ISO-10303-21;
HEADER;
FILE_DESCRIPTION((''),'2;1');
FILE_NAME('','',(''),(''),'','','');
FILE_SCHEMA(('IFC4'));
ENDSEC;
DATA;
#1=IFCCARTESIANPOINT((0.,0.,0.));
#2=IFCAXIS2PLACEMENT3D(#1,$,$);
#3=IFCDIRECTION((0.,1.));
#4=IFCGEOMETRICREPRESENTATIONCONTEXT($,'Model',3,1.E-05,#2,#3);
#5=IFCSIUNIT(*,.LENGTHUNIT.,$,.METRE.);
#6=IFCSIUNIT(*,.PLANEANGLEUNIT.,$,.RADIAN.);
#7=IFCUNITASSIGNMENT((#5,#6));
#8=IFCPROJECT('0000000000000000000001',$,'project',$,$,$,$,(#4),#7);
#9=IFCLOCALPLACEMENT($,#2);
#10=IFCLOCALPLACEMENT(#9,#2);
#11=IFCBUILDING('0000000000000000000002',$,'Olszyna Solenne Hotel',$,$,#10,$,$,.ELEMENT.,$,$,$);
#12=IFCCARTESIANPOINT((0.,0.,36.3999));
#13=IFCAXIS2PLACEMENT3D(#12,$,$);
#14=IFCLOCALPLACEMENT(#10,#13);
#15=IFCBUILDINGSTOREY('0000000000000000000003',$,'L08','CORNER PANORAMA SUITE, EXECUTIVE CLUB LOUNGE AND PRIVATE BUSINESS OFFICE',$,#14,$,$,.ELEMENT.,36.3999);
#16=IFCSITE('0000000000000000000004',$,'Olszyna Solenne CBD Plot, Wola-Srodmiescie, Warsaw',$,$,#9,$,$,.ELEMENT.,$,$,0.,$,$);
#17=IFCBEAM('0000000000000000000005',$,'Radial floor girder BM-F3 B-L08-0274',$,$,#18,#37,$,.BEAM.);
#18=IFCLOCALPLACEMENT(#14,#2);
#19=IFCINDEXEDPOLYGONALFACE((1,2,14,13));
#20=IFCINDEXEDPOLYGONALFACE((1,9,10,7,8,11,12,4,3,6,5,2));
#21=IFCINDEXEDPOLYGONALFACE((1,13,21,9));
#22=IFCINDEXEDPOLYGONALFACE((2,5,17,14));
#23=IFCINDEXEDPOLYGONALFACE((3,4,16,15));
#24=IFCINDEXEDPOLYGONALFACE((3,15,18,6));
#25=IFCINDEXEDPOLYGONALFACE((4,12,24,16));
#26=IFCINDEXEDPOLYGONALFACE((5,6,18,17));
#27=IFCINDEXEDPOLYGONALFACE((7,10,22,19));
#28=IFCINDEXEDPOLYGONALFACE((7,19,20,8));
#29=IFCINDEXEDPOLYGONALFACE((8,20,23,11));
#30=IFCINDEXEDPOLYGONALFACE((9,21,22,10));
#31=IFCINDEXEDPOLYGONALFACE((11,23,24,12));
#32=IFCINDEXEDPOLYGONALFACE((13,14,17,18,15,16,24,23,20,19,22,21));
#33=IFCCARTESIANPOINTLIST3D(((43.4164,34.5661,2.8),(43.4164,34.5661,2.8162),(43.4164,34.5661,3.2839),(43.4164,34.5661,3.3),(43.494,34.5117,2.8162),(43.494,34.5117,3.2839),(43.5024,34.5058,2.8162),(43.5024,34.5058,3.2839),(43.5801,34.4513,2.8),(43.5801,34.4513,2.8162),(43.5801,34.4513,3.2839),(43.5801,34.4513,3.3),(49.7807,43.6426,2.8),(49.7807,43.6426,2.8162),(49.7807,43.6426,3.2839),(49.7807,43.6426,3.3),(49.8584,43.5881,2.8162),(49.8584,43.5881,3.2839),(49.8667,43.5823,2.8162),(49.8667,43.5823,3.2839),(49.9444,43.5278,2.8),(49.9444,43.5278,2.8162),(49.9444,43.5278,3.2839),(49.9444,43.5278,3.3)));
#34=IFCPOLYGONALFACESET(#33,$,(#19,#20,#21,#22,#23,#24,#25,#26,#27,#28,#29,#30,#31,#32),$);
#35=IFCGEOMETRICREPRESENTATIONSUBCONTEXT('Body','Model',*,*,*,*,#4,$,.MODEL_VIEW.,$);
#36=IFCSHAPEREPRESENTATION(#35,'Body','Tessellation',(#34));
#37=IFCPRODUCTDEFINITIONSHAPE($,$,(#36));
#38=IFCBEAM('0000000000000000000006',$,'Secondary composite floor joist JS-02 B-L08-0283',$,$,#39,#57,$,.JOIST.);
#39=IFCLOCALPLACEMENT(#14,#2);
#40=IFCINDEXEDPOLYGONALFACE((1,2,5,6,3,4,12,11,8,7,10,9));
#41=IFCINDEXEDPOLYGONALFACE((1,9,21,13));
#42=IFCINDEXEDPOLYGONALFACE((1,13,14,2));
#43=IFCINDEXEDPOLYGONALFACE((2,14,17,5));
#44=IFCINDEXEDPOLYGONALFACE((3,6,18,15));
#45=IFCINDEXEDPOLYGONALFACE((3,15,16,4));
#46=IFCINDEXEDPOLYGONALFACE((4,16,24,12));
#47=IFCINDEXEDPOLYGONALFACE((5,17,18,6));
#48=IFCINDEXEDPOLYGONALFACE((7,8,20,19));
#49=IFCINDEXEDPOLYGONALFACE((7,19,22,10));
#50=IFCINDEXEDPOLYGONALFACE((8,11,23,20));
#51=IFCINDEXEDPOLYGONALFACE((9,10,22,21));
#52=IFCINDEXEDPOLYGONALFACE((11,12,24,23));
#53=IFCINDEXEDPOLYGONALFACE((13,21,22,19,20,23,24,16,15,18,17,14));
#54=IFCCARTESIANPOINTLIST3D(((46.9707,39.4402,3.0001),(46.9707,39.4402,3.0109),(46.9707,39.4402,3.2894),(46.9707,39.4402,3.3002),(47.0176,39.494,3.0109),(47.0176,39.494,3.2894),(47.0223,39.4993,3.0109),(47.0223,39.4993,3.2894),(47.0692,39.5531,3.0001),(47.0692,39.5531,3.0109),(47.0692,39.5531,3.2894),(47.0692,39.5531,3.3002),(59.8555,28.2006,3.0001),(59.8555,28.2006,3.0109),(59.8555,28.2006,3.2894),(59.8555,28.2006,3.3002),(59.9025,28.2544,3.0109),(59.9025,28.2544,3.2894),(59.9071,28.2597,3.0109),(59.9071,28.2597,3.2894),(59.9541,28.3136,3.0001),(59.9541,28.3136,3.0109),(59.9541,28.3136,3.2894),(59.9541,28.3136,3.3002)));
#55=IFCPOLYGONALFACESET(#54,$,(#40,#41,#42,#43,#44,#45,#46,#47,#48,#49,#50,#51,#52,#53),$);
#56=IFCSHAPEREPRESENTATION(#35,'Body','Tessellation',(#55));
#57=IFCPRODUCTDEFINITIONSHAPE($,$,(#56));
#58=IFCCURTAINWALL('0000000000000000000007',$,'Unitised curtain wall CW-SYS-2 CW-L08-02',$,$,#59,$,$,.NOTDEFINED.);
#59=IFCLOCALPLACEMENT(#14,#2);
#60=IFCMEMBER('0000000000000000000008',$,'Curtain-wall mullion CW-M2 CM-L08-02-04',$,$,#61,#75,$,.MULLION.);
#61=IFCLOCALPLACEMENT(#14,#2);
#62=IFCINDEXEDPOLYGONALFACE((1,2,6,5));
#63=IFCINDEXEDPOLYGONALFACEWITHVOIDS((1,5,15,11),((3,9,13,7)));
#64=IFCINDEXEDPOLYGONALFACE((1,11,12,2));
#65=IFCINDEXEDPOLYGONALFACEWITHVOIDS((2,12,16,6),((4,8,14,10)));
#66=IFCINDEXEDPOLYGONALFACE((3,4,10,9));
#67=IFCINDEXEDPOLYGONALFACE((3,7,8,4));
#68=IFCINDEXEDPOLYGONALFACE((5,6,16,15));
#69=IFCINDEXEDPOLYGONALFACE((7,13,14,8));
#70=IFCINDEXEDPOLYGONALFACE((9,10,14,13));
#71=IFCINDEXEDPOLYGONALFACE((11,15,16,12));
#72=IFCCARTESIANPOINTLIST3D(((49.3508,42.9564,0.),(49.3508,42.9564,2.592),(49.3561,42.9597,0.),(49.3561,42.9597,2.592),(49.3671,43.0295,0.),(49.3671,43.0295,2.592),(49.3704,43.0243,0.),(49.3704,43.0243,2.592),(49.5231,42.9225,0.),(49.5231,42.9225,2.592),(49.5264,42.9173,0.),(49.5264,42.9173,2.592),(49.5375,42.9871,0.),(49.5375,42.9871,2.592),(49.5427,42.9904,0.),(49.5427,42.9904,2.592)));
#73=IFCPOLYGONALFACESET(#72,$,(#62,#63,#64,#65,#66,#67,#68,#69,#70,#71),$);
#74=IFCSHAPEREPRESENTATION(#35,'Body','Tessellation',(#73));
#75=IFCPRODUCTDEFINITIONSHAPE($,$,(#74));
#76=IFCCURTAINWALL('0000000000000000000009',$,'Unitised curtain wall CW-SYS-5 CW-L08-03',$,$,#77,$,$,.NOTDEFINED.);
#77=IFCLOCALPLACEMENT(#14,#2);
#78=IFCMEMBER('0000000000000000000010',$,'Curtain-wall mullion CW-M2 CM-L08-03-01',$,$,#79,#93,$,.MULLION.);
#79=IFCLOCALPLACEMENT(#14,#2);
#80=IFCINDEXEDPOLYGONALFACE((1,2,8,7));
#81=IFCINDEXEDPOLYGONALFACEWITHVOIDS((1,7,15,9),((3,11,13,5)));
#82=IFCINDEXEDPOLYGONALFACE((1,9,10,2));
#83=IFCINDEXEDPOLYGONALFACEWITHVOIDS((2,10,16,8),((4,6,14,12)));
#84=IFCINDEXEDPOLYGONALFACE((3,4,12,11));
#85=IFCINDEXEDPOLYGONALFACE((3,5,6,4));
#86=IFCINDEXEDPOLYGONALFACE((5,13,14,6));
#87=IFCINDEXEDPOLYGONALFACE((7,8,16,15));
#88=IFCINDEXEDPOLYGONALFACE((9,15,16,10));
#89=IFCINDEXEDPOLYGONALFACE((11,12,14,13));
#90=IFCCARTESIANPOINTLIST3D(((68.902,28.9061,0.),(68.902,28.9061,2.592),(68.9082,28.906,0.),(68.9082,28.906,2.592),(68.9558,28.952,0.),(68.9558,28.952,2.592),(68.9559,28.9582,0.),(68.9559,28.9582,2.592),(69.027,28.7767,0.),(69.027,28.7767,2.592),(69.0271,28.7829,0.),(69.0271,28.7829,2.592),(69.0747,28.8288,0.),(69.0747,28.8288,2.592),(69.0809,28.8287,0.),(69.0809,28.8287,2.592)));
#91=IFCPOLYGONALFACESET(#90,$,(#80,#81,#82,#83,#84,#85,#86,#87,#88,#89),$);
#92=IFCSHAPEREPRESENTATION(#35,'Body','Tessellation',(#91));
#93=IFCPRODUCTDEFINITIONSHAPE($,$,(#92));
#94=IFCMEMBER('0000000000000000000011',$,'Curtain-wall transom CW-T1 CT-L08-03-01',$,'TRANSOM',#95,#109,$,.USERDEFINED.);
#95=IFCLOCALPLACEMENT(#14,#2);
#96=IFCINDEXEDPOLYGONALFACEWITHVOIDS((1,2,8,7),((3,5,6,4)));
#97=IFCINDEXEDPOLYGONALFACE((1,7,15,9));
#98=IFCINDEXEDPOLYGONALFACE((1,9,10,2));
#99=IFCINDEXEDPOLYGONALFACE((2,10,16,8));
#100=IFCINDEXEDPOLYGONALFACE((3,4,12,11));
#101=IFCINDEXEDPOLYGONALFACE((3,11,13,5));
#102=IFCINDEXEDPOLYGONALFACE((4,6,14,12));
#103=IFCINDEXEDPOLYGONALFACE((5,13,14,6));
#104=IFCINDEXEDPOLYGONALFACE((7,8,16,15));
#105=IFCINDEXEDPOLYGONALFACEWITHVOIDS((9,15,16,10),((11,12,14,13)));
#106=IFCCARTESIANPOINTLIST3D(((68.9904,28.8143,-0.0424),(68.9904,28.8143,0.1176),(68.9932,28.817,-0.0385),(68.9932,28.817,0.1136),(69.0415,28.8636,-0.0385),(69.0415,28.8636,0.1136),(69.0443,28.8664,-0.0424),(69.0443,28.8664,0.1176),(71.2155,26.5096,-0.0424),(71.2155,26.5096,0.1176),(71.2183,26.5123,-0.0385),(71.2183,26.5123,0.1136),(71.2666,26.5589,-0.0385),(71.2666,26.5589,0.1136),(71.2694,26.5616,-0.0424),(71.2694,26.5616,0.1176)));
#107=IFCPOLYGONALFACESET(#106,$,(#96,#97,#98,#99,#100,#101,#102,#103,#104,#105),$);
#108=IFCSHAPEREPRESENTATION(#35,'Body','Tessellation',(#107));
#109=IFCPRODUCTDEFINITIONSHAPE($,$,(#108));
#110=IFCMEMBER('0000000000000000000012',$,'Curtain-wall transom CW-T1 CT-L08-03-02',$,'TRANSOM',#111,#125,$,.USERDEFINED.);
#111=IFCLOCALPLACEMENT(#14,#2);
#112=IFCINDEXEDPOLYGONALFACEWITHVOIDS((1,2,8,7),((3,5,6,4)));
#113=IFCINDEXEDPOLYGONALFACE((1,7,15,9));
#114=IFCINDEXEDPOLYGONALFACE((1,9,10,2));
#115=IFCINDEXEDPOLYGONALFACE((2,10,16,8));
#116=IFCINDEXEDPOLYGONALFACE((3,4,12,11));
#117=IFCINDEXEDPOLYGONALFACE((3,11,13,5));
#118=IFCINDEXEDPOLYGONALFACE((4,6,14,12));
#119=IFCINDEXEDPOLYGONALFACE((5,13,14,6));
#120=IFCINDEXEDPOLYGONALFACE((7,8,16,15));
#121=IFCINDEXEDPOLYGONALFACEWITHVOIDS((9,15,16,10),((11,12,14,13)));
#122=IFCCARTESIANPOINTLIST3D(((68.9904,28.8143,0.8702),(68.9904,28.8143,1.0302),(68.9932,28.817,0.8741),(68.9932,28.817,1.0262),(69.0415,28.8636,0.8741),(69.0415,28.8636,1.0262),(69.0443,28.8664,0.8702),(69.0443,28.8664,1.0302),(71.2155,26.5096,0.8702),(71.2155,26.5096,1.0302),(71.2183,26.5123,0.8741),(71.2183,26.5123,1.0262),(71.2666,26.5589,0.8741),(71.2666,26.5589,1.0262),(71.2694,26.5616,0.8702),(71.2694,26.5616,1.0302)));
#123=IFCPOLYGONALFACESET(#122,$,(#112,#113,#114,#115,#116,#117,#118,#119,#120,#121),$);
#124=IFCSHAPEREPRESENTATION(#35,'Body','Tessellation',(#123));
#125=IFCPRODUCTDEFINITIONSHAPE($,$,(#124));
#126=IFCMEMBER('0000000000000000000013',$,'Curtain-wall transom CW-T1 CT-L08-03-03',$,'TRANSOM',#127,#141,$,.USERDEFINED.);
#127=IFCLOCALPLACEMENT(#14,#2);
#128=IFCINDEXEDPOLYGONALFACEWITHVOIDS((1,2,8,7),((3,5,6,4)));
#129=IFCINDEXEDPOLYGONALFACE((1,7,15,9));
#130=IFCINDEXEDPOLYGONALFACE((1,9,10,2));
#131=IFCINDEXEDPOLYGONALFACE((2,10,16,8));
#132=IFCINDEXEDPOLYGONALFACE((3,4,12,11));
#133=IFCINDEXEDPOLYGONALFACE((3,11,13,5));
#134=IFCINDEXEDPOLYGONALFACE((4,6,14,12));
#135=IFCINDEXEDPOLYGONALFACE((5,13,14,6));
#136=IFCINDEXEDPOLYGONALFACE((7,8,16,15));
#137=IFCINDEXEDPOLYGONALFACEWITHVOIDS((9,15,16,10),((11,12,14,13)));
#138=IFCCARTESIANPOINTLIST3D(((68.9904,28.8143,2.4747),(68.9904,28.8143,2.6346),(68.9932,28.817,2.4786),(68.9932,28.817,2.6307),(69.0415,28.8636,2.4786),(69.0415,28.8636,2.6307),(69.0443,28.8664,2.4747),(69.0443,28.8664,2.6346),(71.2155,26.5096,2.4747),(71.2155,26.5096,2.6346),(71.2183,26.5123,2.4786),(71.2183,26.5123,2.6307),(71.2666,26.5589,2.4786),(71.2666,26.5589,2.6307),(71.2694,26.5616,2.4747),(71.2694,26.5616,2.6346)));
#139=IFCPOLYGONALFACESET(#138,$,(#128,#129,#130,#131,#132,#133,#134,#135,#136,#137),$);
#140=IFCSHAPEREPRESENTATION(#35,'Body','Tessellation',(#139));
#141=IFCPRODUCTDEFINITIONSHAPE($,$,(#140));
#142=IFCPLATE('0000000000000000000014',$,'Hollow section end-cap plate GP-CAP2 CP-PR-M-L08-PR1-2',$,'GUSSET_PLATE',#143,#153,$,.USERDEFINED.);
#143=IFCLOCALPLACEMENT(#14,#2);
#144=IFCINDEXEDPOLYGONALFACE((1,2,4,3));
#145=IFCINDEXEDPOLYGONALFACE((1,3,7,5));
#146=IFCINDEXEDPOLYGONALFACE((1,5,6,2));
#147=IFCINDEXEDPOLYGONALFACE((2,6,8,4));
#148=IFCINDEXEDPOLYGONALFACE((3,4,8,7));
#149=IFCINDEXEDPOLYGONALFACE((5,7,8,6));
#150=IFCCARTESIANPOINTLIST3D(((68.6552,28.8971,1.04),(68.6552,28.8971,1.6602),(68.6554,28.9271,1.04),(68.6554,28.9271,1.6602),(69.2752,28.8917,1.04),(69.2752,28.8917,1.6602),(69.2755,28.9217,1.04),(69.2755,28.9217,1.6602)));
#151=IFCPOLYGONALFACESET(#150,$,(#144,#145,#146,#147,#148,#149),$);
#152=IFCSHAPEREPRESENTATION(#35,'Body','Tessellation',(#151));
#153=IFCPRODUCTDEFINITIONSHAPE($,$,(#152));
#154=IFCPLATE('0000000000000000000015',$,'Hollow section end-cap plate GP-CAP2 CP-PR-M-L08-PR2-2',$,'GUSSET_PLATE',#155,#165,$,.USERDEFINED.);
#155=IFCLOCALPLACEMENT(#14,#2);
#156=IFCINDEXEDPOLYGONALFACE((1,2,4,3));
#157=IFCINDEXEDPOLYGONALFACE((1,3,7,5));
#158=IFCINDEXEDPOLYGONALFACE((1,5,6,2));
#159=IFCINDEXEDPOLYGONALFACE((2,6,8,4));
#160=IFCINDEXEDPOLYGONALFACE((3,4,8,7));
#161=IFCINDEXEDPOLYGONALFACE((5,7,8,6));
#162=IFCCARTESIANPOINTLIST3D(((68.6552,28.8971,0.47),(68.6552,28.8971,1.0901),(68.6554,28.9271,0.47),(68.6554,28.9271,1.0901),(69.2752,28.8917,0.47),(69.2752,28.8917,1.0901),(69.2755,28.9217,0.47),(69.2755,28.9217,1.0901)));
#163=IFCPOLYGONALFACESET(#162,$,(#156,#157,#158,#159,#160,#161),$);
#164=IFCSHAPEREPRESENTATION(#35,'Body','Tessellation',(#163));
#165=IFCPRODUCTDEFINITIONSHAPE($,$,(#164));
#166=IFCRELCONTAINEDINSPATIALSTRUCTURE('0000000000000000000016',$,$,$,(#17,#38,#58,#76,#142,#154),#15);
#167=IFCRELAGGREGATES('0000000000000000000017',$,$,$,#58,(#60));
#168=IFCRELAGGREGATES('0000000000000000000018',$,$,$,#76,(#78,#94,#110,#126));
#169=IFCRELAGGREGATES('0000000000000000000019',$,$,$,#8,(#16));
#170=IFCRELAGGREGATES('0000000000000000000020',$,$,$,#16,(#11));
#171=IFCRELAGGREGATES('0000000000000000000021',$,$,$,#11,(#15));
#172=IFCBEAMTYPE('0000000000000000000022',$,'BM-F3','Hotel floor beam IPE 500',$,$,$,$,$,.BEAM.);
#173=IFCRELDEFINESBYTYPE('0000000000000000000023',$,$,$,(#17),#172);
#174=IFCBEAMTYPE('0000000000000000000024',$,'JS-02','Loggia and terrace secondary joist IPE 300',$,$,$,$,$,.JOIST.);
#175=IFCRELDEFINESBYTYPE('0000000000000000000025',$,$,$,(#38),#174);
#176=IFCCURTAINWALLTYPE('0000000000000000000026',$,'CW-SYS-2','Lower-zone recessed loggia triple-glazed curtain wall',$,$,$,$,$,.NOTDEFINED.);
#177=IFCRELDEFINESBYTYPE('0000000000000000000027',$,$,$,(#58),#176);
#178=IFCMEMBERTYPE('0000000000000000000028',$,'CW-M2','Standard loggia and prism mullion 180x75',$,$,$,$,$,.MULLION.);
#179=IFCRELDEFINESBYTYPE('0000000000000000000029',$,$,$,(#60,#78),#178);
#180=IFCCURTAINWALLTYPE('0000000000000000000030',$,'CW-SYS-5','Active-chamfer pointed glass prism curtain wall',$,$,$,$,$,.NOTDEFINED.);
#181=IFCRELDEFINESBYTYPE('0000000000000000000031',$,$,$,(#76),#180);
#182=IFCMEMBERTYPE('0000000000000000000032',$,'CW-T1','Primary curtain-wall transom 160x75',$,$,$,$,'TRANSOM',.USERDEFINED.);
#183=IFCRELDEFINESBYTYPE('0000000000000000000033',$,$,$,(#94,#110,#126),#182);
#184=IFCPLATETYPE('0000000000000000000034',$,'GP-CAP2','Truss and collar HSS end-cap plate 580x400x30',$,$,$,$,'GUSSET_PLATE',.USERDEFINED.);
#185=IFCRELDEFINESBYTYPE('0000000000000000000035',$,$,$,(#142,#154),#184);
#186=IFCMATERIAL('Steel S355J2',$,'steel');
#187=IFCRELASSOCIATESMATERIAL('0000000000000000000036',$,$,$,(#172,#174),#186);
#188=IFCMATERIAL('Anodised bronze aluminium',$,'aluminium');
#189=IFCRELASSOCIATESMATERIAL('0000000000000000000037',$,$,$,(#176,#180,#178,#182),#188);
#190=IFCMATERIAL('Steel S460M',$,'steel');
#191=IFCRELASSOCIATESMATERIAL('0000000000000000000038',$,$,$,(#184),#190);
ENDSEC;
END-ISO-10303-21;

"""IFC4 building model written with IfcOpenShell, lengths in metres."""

from ifc_helpers import new_model, si_unit, direction, frame, origin, origin_2d, place, context, subcontext, project, spatial, rectangle, hollow_rectangle, i_section, extrude, source, transform, mapped, material, material_profile, profile_set, type_object, element, aggregate, save


model = new_model("IFC4")

# Units and contexts
model_context = context("Model", 3, precision=1e-05, world=origin(), true_north=direction((0.0, 1.0)))
body_context = subcontext(model_context, "Body", "Model", "MODEL_VIEW")
ifc_project = project(units=[si_unit("LENGTHUNIT", "METRE"), si_unit("PLANEANGLEUNIT", "RADIAN")], contexts=[model_context])

# Site, building, storey
site_placement = place(None, origin())
site = spatial("IfcSite", under=ifc_project, at=site_placement, Name="Olszyna Solenne CBD Plot, Wola-Srodmiescie, Warsaw", CompositionType="ELEMENT", RefElevation=0.0)
building_placement = place(site_placement, origin())
building = spatial("IfcBuilding", under=site, at=building_placement, Name="Olszyna Solenne Hotel", CompositionType="ELEMENT")
storey_placement = place(building_placement, frame((0.0, 0.0, 36.3999)))
storey = spatial("IfcBuildingStorey", under=building, at=storey_placement, Name="L08", Description="CORNER PANORAMA SUITE, EXECUTIVE CLUB LOUNGE AND PRIVATE BUSINESS OFFICE", CompositionType="ELEMENT", Elevation=36.3999)

# Shared definitions
ifc_material_1 = material(Name="Steel S460M", Category="steel")

# Beams
ifc_material_2 = material(Name="Steel S355J2", Category="steel")
ifc_material_profile_1 = material_profile(ifc_material_2, i_section(OverallWidth=0.2, OverallDepth=0.5, WebThickness=0.0103, FlangeThickness=0.0161, at=origin_2d()), Name="IPE 500", Category="load-bearing")
ifc_profile_set_1 = profile_set([ifc_material_profile_1], Name="Steel S355J2")
beam_type_1 = type_object("IfcBeamType", Name="BM-F3", Description="Hotel floor beam IPE 500", PredefinedType="BEAM", material=ifc_profile_set_1)
shared_shape_1 = source(origin(), body_context, "Body", "SweptSolid", [
    extrude(i_section(OverallWidth=0.2, OverallDepth=0.5, WebThickness=0.0103, FlangeThickness=0.0161, at=origin_2d()), origin(), (0.0, 0.0, 1.0), 11.0854),
])
beam_1_placement = place(storey_placement, frame((49.8625, 43.5852, 3.05), z_axis=(-0.574114, -0.818775, 0.0), x_axis=(0.818775, -0.574114, 0.0)))
element("IfcBeam", 1, at=beam_1_placement, inside=storey, type_object=beam_type_1, Name="Radial floor girder BM-F3 B-L08-0274", PredefinedType="BEAM", context=body_context, shape_type="MappedRepresentation", body=[
    mapped(shared_shape_1, transform((0.0, 0.0, 0.0), x_axis=(1.0, 0.0, 0.0), y_axis=(0.0, 1.0, 0.0), z_axis=(0.0, 0.0, 1.0), scale=1.0)),
])
ifc_material_profile_2 = material_profile(ifc_material_2, i_section(OverallWidth=0.1499, OverallDepth=0.3, WebThickness=0.0071, FlangeThickness=0.0107, at=origin_2d()), Name="IPE 300", Category="load-bearing")
ifc_profile_set_2 = profile_set([ifc_material_profile_2], Name="Steel S355J2")
beam_type_2 = type_object("IfcBeamType", Name="JS-02", Description="Loggia and terrace secondary joist IPE 300", PredefinedType="JOIST", material=ifc_profile_set_2)
shared_shape_2 = source(origin(), body_context, "Body", "SweptSolid", [
    extrude(i_section(OverallWidth=0.1499, OverallDepth=0.3, WebThickness=0.0071, FlangeThickness=0.0107, at=origin_2d()), origin(), (0.0, 0.0, 1.0), 17.0981),
])
beam_2_placement = place(storey_placement, frame((59.9048, 28.2571, 3.1501), z_axis=(-0.753581, 0.657355, 0.0), x_axis=(-0.657355, -0.753581, 0.0)))
element("IfcBeam", 2, at=beam_2_placement, inside=storey, type_object=beam_type_2, Name="Secondary composite floor joist JS-02 B-L08-0283", PredefinedType="JOIST", context=body_context, shape_type="MappedRepresentation", body=[
    mapped(shared_shape_2, transform((0.0, 0.0, 0.0), x_axis=(1.0, 0.0, 0.0), y_axis=(0.0, 1.0, 0.0), z_axis=(0.0, 0.0, 1.0), scale=1.0)),
])

# Curtain wall, member
ifc_material_3 = material(Name="Anodised bronze aluminium", Category="aluminium")
curtain_wall_type_1 = type_object("IfcCurtainWallType", Name="CW-SYS-2", Description="Lower-zone recessed loggia triple-glazed curtain wall", PredefinedType="NOTDEFINED", material=ifc_material_3)
curtain_wall_1_placement = place(storey_placement, origin())
curtain_wall_1 = element("IfcCurtainWall", 3, at=curtain_wall_1_placement, inside=storey, type_object=curtain_wall_type_1, Name="Unitised curtain wall CW-SYS-2 CW-L08-02", PredefinedType="NOTDEFINED")
ifc_material_profile_3 = material_profile(ifc_material_3, hollow_rectangle(XDim=0.075, YDim=0.1799, WallThickness=0.0044, at=origin_2d()), Name="MULL 180x75x4.5", Category="load-bearing")
ifc_profile_set_3 = profile_set([ifc_material_profile_3], Name="Anodised bronze aluminium")
member_type_1 = type_object("IfcMemberType", Name="CW-M2", Description="Standard loggia and prism mullion 180x75", PredefinedType="MULLION", material=ifc_profile_set_3)
shared_shape_3 = source(origin(), body_context, "Body", "SweptSolid", [
    extrude(hollow_rectangle(XDim=0.075, YDim=0.1799, WallThickness=0.0044, at=origin_2d()), origin(), (0.0, 0.0, 1.0), 2.592),
])
member_1_placement = place(storey_placement, frame((49.4468, 42.9734, 0.0), z_axis=(0.0, 0.0, 1.0), x_axis=(0.217365, 0.97609, 0.0)))
member_1 = element("IfcMember", 4, at=member_1_placement, type_object=member_type_1, Name="Curtain-wall mullion CW-M2 CM-L08-02-04", PredefinedType="MULLION", context=body_context, shape_type="MappedRepresentation", body=[
    mapped(shared_shape_3, transform((0.0, 0.0, 0.0), x_axis=(1.0, 0.0, 0.0), y_axis=(0.0, 1.0, 0.0), z_axis=(0.0, 0.0, 1.0), scale=1.0)),
])
aggregate(curtain_wall_1, [member_1])

# Curtain wall, members
curtain_wall_type_2 = type_object("IfcCurtainWallType", Name="CW-SYS-5", Description="Active-chamfer pointed glass prism curtain wall", PredefinedType="NOTDEFINED", material=ifc_material_3)
curtain_wall_2_placement = place(storey_placement, origin())
curtain_wall_2 = element("IfcCurtainWall", 5, at=curtain_wall_2_placement, inside=storey, type_object=curtain_wall_type_2, Name="Unitised curtain wall CW-SYS-5 CW-L08-03", PredefinedType="NOTDEFINED")
member_2_placement = place(storey_placement, frame((68.9915, 28.8674, 0.0), z_axis=(0.0, 0.0, 1.0), x_axis=(0.719462, 0.694532, 0.0)))
member_2 = element("IfcMember", 6, at=member_2_placement, type_object=member_type_1, Name="Curtain-wall mullion CW-M2 CM-L08-03-01", PredefinedType="MULLION", context=body_context, shape_type="MappedRepresentation", body=[
    mapped(shared_shape_3, transform((0.0, 0.0, 0.0), x_axis=(1.0, 0.0, 0.0), y_axis=(0.0, 1.0, 0.0), z_axis=(0.0, 0.0, 1.0), scale=1.0)),
])
ifc_material_profile_4 = material_profile(ifc_material_3, hollow_rectangle(XDim=0.075, YDim=0.1599, WallThickness=0.0039, at=origin_2d()), Name="TRAN 160x75x4", Category="load-bearing")
ifc_profile_set_4 = profile_set([ifc_material_profile_4], Name="Anodised bronze aluminium")
member_type_2 = type_object("IfcMemberType", Name="CW-T1", Description="Primary curtain-wall transom 160x75", ElementType="TRANSOM", PredefinedType="USERDEFINED", material=ifc_profile_set_4)
shared_shape_4 = source(origin(), body_context, "Body", "SweptSolid", [
    extrude(hollow_rectangle(XDim=0.075, YDim=0.1599, WallThickness=0.0039, at=origin_2d()), origin(), (0.0, 0.0, 1.0), 3.2036),
])
member_3_placement = place(storey_placement, frame((69.0173, 28.8403, 0.0376), z_axis=(0.694575, -0.71942, 0.0), x_axis=(0.71942, 0.694575, 0.0)))
member_3 = element("IfcMember", 7, at=member_3_placement, type_object=member_type_2, Name="Curtain-wall transom CW-T1 CT-L08-03-01", ObjectType="TRANSOM", PredefinedType="USERDEFINED", context=body_context, shape_type="MappedRepresentation", body=[
    mapped(shared_shape_4, transform((0.0, 0.0, 0.0), x_axis=(1.0, 0.0, 0.0), y_axis=(0.0, 1.0, 0.0), z_axis=(0.0, 0.0, 1.0), scale=1.0)),
])
member_4_placement = place(storey_placement, frame((69.0173, 28.8403, 0.9502), z_axis=(0.694575, -0.71942, 0.0), x_axis=(0.71942, 0.694575, 0.0)))
member_4 = element("IfcMember", 8, at=member_4_placement, type_object=member_type_2, Name="Curtain-wall transom CW-T1 CT-L08-03-02", ObjectType="TRANSOM", PredefinedType="USERDEFINED", context=body_context, shape_type="MappedRepresentation", body=[
    mapped(shared_shape_4, transform((0.0, 0.0, 0.0), x_axis=(1.0, 0.0, 0.0), y_axis=(0.0, 1.0, 0.0), z_axis=(0.0, 0.0, 1.0), scale=1.0)),
])
member_5_placement = place(storey_placement, frame((69.0173, 28.8403, 2.5547), z_axis=(0.694575, -0.71942, 0.0), x_axis=(0.71942, 0.694575, 0.0)))
member_5 = element("IfcMember", 9, at=member_5_placement, type_object=member_type_2, Name="Curtain-wall transom CW-T1 CT-L08-03-03", ObjectType="TRANSOM", PredefinedType="USERDEFINED", context=body_context, shape_type="MappedRepresentation", body=[
    mapped(shared_shape_4, transform((0.0, 0.0, 0.0), x_axis=(1.0, 0.0, 0.0), y_axis=(0.0, 1.0, 0.0), z_axis=(0.0, 0.0, 1.0), scale=1.0)),
])

# Plates
plate_type_1 = type_object("IfcPlateType", Name="GP-CAP2", Description="Truss and collar HSS end-cap plate 580x400x30", ElementType="GUSSET_PLATE", PredefinedType="USERDEFINED", material=ifc_material_1)
shared_shape_5 = source(origin(), body_context, "Body", "SweptSolid", [
    extrude(rectangle(XDim=0.03, YDim=0.6201, at=origin_2d()), origin(), (0.0, 0.0, 1.0), 0.6201),
])
for number, where, z_axis, x_axis, name in (
    (10, (68.9653, 28.9094, 1.04), (0.0, 0.0, 1.0), (0.008727, 0.999962, 0.0), "Hollow section end-cap plate GP-CAP2 CP-PR-M-L08-PR1-2"),
    (11, (68.9653, 28.9094, 0.47), (0.0, 0.0, 1.0), (0.008727, 0.999962, 0.0), "Hollow section end-cap plate GP-CAP2 CP-PR-M-L08-PR2-2"),
):
    element("IfcPlate", number, at=place(storey_placement, frame(where, z_axis=z_axis, x_axis=x_axis)), inside=storey, type_object=plate_type_1, Name=name, ObjectType="GUSSET_PLATE", PredefinedType="USERDEFINED", context=body_context, shape_type="MappedRepresentation", body=[
        mapped(shared_shape_5, transform((0.0, 0.0, 0.0), x_axis=(1.0, 0.0, 0.0), y_axis=(0.0, 1.0, 0.0), z_axis=(0.0, 0.0, 1.0), scale=1.0)),
    ])

aggregate(curtain_wall_2, [member_2, member_3, member_4, member_5])

save(model, "model.ifc")
